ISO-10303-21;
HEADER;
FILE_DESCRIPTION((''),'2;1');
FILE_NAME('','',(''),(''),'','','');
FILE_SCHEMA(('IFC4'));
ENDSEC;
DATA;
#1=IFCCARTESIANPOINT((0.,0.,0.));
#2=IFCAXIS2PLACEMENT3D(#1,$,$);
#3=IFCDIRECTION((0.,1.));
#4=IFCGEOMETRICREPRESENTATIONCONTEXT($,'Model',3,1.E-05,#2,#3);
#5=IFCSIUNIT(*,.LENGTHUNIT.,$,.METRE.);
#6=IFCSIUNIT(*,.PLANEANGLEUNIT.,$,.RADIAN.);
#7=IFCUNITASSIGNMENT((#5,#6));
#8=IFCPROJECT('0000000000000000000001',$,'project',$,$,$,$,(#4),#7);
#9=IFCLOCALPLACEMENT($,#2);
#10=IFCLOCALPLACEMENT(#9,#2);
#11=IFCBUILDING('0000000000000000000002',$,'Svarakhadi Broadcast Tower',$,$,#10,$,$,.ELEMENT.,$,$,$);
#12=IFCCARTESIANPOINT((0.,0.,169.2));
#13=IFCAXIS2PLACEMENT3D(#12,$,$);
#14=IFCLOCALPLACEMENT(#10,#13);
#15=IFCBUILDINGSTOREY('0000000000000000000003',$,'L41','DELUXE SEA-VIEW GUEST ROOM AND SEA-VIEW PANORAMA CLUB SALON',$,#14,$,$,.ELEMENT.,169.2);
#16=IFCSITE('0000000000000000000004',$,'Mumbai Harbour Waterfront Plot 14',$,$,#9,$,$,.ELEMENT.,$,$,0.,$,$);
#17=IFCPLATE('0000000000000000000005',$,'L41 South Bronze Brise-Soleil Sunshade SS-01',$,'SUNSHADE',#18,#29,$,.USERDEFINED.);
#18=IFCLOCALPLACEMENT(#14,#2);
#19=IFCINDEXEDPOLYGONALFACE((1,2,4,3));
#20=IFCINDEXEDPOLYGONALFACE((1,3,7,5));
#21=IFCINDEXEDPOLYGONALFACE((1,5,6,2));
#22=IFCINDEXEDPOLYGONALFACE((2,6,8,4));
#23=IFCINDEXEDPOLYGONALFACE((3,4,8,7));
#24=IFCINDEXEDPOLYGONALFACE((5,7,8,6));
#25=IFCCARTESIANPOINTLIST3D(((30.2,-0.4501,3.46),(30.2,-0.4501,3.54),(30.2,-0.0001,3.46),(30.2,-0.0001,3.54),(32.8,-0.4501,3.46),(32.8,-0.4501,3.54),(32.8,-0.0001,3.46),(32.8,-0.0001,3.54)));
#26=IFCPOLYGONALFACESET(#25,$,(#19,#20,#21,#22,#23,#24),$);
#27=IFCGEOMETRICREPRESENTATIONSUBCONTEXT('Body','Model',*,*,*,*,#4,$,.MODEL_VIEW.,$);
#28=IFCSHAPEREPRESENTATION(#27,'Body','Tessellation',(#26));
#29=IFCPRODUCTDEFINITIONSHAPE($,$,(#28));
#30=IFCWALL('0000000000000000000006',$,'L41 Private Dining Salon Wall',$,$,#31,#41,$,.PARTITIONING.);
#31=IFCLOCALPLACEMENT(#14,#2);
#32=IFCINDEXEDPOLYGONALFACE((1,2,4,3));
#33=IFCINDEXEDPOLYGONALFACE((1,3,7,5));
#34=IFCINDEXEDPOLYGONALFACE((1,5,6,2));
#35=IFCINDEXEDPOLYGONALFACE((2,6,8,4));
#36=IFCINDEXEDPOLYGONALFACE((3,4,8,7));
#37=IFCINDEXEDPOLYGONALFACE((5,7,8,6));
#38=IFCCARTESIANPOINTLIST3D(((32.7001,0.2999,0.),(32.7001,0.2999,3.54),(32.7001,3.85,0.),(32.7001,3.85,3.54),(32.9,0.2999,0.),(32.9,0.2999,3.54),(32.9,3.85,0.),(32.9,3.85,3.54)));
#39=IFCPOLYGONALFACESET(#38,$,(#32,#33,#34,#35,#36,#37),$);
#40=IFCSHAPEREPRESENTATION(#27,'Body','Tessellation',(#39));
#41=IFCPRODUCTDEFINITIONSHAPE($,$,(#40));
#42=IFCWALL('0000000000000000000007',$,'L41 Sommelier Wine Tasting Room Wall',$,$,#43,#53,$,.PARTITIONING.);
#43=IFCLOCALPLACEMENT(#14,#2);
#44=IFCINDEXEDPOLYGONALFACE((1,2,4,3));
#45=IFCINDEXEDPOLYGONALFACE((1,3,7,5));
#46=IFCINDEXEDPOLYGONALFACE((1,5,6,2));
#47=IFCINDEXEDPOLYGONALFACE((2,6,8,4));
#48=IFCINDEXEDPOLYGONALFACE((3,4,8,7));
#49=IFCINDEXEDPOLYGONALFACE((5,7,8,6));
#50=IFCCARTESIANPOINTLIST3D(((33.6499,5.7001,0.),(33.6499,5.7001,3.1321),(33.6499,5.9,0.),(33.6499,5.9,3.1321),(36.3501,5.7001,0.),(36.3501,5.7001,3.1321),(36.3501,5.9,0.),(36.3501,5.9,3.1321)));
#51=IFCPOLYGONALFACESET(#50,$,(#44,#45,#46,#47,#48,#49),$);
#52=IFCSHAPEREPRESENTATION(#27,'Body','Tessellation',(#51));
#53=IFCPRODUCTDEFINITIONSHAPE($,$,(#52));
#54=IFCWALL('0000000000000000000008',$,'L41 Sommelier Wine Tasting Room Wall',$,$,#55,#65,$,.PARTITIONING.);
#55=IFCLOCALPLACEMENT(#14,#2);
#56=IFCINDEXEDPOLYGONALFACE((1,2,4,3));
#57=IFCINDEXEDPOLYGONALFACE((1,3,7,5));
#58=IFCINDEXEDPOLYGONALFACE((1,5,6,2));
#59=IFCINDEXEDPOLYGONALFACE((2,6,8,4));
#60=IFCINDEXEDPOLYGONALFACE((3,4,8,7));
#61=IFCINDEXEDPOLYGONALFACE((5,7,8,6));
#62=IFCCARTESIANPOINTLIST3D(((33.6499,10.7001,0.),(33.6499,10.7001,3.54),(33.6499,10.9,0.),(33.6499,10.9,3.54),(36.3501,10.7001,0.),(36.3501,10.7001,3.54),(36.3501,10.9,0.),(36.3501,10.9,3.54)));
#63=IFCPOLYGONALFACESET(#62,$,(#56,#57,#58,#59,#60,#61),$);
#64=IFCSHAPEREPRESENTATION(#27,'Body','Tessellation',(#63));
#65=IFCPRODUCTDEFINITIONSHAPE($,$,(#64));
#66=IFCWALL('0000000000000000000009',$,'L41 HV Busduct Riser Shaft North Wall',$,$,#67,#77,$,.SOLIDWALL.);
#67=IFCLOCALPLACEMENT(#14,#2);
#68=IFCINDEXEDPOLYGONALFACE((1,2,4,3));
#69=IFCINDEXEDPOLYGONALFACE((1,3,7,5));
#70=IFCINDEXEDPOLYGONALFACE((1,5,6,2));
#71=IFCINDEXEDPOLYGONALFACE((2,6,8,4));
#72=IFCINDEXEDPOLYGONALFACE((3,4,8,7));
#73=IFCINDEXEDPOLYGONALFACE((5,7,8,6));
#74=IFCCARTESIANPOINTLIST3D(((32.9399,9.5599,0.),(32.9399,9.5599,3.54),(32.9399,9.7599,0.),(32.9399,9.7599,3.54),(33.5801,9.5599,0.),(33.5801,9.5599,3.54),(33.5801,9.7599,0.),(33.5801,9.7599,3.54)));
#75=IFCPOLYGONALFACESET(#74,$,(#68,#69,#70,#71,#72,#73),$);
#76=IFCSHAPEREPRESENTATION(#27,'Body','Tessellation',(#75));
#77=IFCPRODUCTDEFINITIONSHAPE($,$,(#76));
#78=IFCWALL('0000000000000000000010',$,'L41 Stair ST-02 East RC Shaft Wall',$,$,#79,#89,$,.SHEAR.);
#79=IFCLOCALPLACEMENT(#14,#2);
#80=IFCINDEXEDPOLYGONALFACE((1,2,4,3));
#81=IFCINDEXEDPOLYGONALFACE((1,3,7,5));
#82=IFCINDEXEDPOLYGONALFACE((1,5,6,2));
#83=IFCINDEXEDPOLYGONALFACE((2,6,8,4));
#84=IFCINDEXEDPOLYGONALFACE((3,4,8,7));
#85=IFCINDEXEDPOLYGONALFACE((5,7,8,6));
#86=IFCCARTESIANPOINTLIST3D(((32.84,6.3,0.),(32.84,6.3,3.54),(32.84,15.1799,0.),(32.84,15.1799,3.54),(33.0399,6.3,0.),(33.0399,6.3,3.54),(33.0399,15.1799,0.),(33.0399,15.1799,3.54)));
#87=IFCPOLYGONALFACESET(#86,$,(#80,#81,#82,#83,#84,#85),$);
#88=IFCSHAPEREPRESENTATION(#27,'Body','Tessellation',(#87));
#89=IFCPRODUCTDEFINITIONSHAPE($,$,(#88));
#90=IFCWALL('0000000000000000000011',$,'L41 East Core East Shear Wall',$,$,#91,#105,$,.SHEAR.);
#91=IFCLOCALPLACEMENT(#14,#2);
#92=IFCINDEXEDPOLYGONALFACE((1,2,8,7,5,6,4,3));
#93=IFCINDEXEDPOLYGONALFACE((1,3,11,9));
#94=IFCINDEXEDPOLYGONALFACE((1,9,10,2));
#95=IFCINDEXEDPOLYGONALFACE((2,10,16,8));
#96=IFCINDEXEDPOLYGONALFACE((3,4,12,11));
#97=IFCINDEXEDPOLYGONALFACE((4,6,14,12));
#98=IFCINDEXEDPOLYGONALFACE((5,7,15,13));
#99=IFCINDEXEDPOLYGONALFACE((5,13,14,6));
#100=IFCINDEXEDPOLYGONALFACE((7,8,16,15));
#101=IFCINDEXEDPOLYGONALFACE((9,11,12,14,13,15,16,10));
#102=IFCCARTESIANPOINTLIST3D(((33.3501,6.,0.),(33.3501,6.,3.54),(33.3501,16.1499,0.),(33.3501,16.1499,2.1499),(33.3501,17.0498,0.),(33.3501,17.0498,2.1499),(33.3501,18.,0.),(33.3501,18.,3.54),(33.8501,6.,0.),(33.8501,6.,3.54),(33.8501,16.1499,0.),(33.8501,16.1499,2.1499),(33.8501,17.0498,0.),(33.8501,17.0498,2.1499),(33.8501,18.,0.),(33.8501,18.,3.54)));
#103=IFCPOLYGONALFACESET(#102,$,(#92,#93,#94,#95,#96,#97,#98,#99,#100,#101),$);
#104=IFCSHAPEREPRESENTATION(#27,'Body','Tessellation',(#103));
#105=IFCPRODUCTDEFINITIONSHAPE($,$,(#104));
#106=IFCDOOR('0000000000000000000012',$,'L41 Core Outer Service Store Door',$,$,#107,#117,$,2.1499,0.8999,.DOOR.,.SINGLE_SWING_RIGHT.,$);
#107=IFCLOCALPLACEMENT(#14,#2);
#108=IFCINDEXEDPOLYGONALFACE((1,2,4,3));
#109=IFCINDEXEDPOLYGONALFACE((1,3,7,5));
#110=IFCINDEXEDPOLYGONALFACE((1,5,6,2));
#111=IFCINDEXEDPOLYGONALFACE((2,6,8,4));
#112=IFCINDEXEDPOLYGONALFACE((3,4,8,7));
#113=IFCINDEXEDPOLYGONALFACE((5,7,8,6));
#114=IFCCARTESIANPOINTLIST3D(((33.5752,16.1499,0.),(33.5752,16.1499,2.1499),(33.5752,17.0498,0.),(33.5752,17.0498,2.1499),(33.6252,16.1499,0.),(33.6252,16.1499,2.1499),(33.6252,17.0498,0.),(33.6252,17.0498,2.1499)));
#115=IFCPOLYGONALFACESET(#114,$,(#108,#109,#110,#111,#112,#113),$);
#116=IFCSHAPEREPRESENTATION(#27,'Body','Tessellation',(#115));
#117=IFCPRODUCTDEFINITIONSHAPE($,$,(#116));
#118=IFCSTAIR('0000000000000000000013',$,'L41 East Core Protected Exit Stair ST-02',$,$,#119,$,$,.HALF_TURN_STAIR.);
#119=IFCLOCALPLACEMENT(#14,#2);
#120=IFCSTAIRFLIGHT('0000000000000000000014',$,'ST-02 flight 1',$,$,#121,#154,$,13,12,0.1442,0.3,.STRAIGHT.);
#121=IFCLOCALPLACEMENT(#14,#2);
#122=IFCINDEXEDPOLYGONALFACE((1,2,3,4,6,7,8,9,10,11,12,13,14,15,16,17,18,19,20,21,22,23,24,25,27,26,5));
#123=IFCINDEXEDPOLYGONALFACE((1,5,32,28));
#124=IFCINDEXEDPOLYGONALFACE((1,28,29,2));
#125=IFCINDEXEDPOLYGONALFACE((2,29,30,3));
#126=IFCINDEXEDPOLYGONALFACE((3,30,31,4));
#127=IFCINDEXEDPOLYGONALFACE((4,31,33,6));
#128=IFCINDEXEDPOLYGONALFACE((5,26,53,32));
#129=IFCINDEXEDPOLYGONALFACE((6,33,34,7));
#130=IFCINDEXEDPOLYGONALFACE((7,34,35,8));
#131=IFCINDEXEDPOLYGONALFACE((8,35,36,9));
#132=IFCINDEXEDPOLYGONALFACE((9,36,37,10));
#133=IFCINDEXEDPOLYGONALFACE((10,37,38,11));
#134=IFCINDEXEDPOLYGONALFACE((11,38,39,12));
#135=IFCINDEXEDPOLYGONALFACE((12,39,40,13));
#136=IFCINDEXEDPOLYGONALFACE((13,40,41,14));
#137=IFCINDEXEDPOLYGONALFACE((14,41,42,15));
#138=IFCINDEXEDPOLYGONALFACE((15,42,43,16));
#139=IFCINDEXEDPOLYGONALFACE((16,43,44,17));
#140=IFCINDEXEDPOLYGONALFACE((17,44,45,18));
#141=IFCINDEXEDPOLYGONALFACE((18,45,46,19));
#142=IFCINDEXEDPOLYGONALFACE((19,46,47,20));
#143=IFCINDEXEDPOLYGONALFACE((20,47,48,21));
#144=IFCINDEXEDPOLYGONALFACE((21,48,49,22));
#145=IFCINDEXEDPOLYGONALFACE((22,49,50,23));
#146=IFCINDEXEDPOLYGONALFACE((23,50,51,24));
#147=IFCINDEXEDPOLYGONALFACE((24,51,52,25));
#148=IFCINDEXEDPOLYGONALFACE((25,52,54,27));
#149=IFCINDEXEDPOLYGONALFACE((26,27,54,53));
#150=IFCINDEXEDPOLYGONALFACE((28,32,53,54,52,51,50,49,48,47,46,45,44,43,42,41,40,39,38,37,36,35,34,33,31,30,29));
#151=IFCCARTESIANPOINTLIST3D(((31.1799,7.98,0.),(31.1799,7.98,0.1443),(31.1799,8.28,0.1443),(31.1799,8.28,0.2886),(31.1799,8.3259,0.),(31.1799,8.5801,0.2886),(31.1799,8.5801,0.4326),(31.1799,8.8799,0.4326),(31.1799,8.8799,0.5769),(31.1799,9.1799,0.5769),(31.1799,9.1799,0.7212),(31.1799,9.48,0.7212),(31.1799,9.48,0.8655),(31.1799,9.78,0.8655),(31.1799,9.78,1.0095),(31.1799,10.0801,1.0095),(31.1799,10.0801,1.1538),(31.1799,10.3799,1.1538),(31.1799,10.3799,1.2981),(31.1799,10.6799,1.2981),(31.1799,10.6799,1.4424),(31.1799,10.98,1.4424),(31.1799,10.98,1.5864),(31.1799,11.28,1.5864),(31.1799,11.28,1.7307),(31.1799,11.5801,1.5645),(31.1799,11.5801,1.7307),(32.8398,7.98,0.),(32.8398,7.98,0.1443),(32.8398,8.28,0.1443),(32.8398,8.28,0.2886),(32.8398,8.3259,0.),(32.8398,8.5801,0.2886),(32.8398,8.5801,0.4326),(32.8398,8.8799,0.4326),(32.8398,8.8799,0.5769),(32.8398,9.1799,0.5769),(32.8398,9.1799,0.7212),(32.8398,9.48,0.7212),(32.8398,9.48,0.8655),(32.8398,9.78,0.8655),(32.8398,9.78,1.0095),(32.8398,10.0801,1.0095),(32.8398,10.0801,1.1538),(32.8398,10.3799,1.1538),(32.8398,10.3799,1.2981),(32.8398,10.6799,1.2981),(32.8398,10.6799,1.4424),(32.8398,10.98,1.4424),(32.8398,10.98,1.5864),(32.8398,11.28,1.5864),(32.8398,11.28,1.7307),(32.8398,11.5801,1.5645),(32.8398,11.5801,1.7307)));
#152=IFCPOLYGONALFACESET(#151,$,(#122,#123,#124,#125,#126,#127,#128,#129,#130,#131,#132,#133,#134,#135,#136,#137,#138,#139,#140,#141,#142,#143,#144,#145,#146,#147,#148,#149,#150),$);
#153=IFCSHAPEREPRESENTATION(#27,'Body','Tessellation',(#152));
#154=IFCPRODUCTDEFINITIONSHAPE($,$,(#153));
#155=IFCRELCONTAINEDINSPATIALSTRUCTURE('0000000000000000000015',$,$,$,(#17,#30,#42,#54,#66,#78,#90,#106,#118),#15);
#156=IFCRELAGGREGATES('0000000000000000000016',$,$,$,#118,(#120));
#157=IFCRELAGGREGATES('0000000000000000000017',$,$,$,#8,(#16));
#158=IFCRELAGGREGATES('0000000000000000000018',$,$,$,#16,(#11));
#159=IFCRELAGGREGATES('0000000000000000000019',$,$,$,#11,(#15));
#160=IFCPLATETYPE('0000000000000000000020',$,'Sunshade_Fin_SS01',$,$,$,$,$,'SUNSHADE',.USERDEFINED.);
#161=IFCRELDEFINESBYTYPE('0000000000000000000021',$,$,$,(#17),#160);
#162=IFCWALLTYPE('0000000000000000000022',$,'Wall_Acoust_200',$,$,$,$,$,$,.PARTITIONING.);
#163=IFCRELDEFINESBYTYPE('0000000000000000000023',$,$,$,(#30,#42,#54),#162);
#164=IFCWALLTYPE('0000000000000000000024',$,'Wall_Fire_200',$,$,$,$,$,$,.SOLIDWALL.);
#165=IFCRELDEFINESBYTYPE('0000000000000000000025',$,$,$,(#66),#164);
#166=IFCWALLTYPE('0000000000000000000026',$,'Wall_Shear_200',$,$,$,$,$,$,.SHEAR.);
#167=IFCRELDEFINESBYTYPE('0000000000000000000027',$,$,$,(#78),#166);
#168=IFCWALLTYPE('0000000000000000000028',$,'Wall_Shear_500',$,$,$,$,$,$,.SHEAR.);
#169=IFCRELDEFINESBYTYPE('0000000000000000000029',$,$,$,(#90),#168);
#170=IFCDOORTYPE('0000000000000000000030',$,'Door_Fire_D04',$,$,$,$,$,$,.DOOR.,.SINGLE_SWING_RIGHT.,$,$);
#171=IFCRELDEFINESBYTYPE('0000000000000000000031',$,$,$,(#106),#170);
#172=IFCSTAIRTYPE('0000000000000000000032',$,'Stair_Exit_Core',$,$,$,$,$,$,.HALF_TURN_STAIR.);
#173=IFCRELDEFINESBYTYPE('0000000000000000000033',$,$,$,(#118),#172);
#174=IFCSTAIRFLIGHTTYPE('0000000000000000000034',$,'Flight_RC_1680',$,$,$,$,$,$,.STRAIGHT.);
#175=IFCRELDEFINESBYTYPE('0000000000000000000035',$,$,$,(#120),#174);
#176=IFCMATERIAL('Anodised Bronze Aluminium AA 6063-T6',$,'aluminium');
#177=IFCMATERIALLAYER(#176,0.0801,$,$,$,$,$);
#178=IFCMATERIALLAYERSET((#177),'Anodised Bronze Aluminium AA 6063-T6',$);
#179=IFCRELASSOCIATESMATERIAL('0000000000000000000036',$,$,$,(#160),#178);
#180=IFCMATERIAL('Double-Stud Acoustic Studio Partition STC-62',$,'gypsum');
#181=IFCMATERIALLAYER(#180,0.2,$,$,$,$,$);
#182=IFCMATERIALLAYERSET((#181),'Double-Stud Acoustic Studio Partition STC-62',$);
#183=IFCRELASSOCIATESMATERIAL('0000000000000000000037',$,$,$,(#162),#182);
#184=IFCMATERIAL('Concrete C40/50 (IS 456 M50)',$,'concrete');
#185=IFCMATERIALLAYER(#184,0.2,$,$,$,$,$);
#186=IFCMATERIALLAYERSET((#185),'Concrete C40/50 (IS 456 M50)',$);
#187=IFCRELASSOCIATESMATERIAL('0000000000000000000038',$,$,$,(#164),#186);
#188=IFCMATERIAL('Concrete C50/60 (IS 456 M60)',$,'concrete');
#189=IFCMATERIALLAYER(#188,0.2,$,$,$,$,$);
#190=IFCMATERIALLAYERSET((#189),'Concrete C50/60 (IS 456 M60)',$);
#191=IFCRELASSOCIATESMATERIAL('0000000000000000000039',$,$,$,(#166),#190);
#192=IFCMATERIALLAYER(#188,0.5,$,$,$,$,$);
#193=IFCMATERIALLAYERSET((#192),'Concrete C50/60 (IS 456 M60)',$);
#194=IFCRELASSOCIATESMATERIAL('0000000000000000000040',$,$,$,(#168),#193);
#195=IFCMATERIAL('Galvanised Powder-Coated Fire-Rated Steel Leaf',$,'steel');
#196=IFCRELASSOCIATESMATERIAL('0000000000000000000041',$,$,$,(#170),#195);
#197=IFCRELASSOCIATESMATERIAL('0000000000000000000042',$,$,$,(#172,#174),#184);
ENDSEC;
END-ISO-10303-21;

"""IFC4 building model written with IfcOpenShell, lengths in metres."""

from ifc_helpers import new_model, si_unit, direction, frame, frame_2d, origin, origin_2d, place, context, subcontext, project, spatial, polyline, rectangle, outline, extrude, material, layer, layer_set, type_object, element, fill, aggregate, save


model = new_model("IFC4")

# Units and contexts
model_context = context("Model", 3, precision=1e-05, world=origin(), true_north=direction((0.0, 1.0)))
body_context = subcontext(model_context, "Body", "Model", "MODEL_VIEW")
ifc_project = project(units=[si_unit("LENGTHUNIT", "METRE"), si_unit("PLANEANGLEUNIT", "RADIAN")], contexts=[model_context])

# Site, building, storey
site_placement = place(None, origin())
site = spatial("IfcSite", under=ifc_project, at=site_placement, Name="Mumbai Harbour Waterfront Plot 14", CompositionType="ELEMENT", RefElevation=0.0)
building_placement = place(site_placement, origin())
building = spatial("IfcBuilding", under=site, at=building_placement, Name="Svarakhadi Broadcast Tower", CompositionType="ELEMENT")
storey_placement = place(building_placement, frame((0.0, 0.0, 169.2)))
storey = spatial("IfcBuildingStorey", under=building, at=storey_placement, Name="L41", Description="DELUXE SEA-VIEW GUEST ROOM AND SEA-VIEW PANORAMA CLUB SALON", CompositionType="ELEMENT", Elevation=169.2)

# Shared definitions
ifc_material_1 = material(Name="Concrete C50/60 (IS 456 M60)", Category="concrete")

# Plate
ifc_material_2 = material(Name="Anodised Bronze Aluminium AA 6063-T6", Category="aluminium")
ifc_layer_1 = layer(ifc_material_2, 0.0801)
ifc_layer_set_1 = layer_set([ifc_layer_1], Name="Anodised Bronze Aluminium AA 6063-T6")
plate_type_1 = type_object("IfcPlateType", Name="Sunshade_Fin_SS01", ElementType="SUNSHADE", PredefinedType="USERDEFINED", material=ifc_layer_set_1)
plate_1_placement = place(storey_placement, frame((31.5, -0.2251, 3.46), z_axis=(0.0, 0.0, 1.0), x_axis=(1.0, 0.0, 0.0)))
element("IfcPlate", 1, at=plate_1_placement, inside=storey, type_object=plate_type_1, Name="L41 South Bronze Brise-Soleil Sunshade SS-01", ObjectType="SUNSHADE", PredefinedType="USERDEFINED", context=body_context, shape_type="SweptSolid", body=[
    extrude(rectangle(XDim=2.6001, YDim=0.45, at=origin_2d()), origin(), (0.0, 0.0, 1.0), 0.0801),
])

# Walls
ifc_material_3 = material(Name="Double-Stud Acoustic Studio Partition STC-62", Category="gypsum")
ifc_layer_2 = layer(ifc_material_3, 0.2)
ifc_layer_set_2 = layer_set([ifc_layer_2], Name="Double-Stud Acoustic Studio Partition STC-62")
wall_type_1 = type_object("IfcWallType", Name="Wall_Acoust_200", PredefinedType="PARTITIONING", material=ifc_layer_set_2)
wall_1_placement = place(storey_placement, frame((32.8, 0.3, 0.0), z_axis=(0.0, 0.0, 1.0), x_axis=(0.0, 1.0, 0.0)))
element("IfcWall", 2, at=wall_1_placement, inside=storey, type_object=wall_type_1, Name="L41 Private Dining Salon Wall", PredefinedType="PARTITIONING", context=body_context, shape_type="SweptSolid", body=[
    extrude(rectangle(XDim=3.55, YDim=0.2, at=frame_2d((1.7749, 0.0))), origin(), (0.0, 0.0, 1.0), 3.54),
])
wall_2_placement = place(storey_placement, frame((33.6499, 5.8, 0.0), z_axis=(0.0, 0.0, 1.0), x_axis=(1.0, 0.0, 0.0)))
element("IfcWall", 3, at=wall_2_placement, inside=storey, type_object=wall_type_1, Name="L41 Sommelier Wine Tasting Room Wall", PredefinedType="PARTITIONING", context=body_context, shape_type="SweptSolid", body=[
    extrude(rectangle(XDim=2.7002, YDim=0.2, at=frame_2d((1.3501, 0.0))), origin(), (0.0, 0.0, 1.0), 3.1321),
])
wall_3_placement = place(storey_placement, frame((33.6499, 10.8, 0.0), z_axis=(0.0, 0.0, 1.0), x_axis=(1.0, 0.0, 0.0)))
element("IfcWall", 4, at=wall_3_placement, inside=storey, type_object=wall_type_1, Name="L41 Sommelier Wine Tasting Room Wall", PredefinedType="PARTITIONING", context=body_context, shape_type="SweptSolid", body=[
    extrude(rectangle(XDim=2.7002, YDim=0.2, at=frame_2d((1.3501, 0.0))), origin(), (0.0, 0.0, 1.0), 3.54),
])
ifc_material_4 = material(Name="Concrete C40/50 (IS 456 M50)", Category="concrete")
ifc_layer_3 = layer(ifc_material_4, 0.2)
ifc_layer_set_3 = layer_set([ifc_layer_3], Name="Concrete C40/50 (IS 456 M50)")
wall_type_2 = type_object("IfcWallType", Name="Wall_Fire_200", PredefinedType="SOLIDWALL", material=ifc_layer_set_3)
wall_4_placement = place(storey_placement, frame((32.9399, 9.6599, 0.0), z_axis=(0.0, 0.0, 1.0), x_axis=(1.0, 0.0, 0.0)))
element("IfcWall", 5, at=wall_4_placement, inside=storey, type_object=wall_type_2, Name="L41 HV Busduct Riser Shaft North Wall", PredefinedType="SOLIDWALL", context=body_context, shape_type="SweptSolid", body=[
    extrude(rectangle(XDim=0.6401, YDim=0.2, at=frame_2d((0.3201, 0.0))), origin(), (0.0, 0.0, 1.0), 3.54),
])
ifc_layer_4 = layer(ifc_material_1, 0.2)
ifc_layer_set_4 = layer_set([ifc_layer_4], Name="Concrete C50/60 (IS 456 M60)")
wall_type_3 = type_object("IfcWallType", Name="Wall_Shear_200", PredefinedType="SHEAR", material=ifc_layer_set_4)
wall_5_placement = place(storey_placement, frame((32.9399, 6.3, 0.0), z_axis=(0.0, 0.0, 1.0), x_axis=(0.0, 1.0, 0.0)))
element("IfcWall", 6, at=wall_5_placement, inside=storey, type_object=wall_type_3, Name="L41 Stair ST-02 East RC Shaft Wall", PredefinedType="SHEAR", context=body_context, shape_type="SweptSolid", body=[
    extrude(rectangle(XDim=8.8799, YDim=0.2, at=frame_2d((4.4399, 0.0))), origin(), (0.0, 0.0, 1.0), 3.54),
])

# Wall, opening, door
ifc_layer_5 = layer(ifc_material_1, 0.5)
ifc_layer_set_5 = layer_set([ifc_layer_5], Name="Concrete C50/60 (IS 456 M60)")
wall_type_4 = type_object("IfcWallType", Name="Wall_Shear_500", PredefinedType="SHEAR", material=ifc_layer_set_5)
wall_6_placement = place(storey_placement, frame((33.6001, 6.0, 0.0), z_axis=(0.0, 0.0, 1.0), x_axis=(0.0, 1.0, 0.0)))
wall_6 = element("IfcWall", 7, at=wall_6_placement, inside=storey, type_object=wall_type_4, Name="L41 East Core East Shear Wall", PredefinedType="SHEAR", context=body_context, shape_type="SweptSolid", body=[
    extrude(rectangle(XDim=12.0, YDim=0.5, at=frame_2d((6.0, 0.0))), origin(), (0.0, 0.0, 1.0), 3.54),
])
opening_placement = place(wall_6_placement, frame((10.1499, 0.0, 0.0)))
opening = element("IfcOpeningElement", 8, at=opening_placement, cuts=wall_6, PredefinedType="OPENING", context=body_context, shape_type="SweptSolid", body=[
    extrude(rectangle(XDim=0.8999, YDim=2.1499, at=frame_2d((0.45, 1.075))), frame((0.0, 0.26, 0.0), z_axis=(0.0, -1.0, 0.0), x_axis=(1.0, 0.0, 0.0)), (0.0, 0.0, 1.0), 0.52),
])
ifc_material_5 = material(Name="Galvanised Powder-Coated Fire-Rated Steel Leaf", Category="steel")
door_type = type_object("IfcDoorType", Name="Door_Fire_D04", OperationType="SINGLE_SWING_RIGHT", PredefinedType="DOOR", material=ifc_material_5)
door_placement = place(opening_placement, origin())
door = element("IfcDoor", 9, at=door_placement, inside=storey, type_object=door_type, Name="L41 Core Outer Service Store Door", OperationType="SINGLE_SWING_RIGHT", OverallHeight=2.1499, OverallWidth=0.8999, PredefinedType="DOOR", context=body_context, shape_type="SweptSolid", body=[
    extrude(rectangle(XDim=0.8999, YDim=2.1499, at=frame_2d((0.45, 1.075))), frame((0.0, 0.0249, 0.0), z_axis=(0.0, -1.0, 0.0), x_axis=(1.0, 0.0, 0.0)), (0.0, 0.0, 1.0), 0.05),
])
fill(opening, door)

# Stair, stair flight
stair_type = type_object("IfcStairType", Name="Stair_Exit_Core", PredefinedType="HALF_TURN_STAIR", material=ifc_material_4)
stair_placement = place(storey_placement, origin())
stair = element("IfcStair", 10, at=stair_placement, inside=storey, type_object=stair_type, Name="L41 East Core Protected Exit Stair ST-02", PredefinedType="HALF_TURN_STAIR")
stair_flight_type = type_object("IfcStairFlightType", Name="Flight_RC_1680", PredefinedType="STRAIGHT", material=ifc_material_4)
stair_flight_placement = place(storey_placement, frame((32.01, 7.98, 0.0), z_axis=(0.0, 0.0, 1.0), x_axis=(0.0, 1.0, 0.0)))
stair_flight = element("IfcStairFlight", 11, at=stair_flight_placement, type_object=stair_flight_type, Name="ST-02 flight 1", NumberOfRisers=13, NumberOfTreads=12, PredefinedType="STRAIGHT", RiserHeight=0.1442, TreadLength=0.3, context=body_context, shape_type="SweptSolid", body=[
    extrude(outline(polyline([(0.0, 0.0), (0.0, 0.1443), (0.3, 0.1443), (0.3, 0.2886), (0.6001, 0.2886), (0.6001, 0.4326), (0.8999, 0.4326), (0.8999, 0.5769), (1.2, 0.5769), (1.2, 0.7212), (1.5, 0.7212), (1.5, 0.8655), (1.8, 0.8655), (1.8, 1.0095), (2.1001, 1.0095), (2.1001, 1.1538), (2.3999, 1.1538), (2.3999, 1.2981), (2.7, 1.2981), (2.7, 1.4424), (3.0, 1.4424), (3.0, 1.5864), (3.3, 1.5864), (3.3, 1.7307), (3.6001, 1.7307), (3.6001, 1.875), (3.6001, 1.5645), (0.3459, 0.0), (0.0, 0.0)])), frame((0.0, 0.8301, 0.0), z_axis=(0.0, -1.0, 0.0), x_axis=(1.0, 0.0, 0.0)), (0.0, 0.0, 1.0), 1.6599),
])
aggregate(stair, [stair_flight])

save(model, "model.ifc")
